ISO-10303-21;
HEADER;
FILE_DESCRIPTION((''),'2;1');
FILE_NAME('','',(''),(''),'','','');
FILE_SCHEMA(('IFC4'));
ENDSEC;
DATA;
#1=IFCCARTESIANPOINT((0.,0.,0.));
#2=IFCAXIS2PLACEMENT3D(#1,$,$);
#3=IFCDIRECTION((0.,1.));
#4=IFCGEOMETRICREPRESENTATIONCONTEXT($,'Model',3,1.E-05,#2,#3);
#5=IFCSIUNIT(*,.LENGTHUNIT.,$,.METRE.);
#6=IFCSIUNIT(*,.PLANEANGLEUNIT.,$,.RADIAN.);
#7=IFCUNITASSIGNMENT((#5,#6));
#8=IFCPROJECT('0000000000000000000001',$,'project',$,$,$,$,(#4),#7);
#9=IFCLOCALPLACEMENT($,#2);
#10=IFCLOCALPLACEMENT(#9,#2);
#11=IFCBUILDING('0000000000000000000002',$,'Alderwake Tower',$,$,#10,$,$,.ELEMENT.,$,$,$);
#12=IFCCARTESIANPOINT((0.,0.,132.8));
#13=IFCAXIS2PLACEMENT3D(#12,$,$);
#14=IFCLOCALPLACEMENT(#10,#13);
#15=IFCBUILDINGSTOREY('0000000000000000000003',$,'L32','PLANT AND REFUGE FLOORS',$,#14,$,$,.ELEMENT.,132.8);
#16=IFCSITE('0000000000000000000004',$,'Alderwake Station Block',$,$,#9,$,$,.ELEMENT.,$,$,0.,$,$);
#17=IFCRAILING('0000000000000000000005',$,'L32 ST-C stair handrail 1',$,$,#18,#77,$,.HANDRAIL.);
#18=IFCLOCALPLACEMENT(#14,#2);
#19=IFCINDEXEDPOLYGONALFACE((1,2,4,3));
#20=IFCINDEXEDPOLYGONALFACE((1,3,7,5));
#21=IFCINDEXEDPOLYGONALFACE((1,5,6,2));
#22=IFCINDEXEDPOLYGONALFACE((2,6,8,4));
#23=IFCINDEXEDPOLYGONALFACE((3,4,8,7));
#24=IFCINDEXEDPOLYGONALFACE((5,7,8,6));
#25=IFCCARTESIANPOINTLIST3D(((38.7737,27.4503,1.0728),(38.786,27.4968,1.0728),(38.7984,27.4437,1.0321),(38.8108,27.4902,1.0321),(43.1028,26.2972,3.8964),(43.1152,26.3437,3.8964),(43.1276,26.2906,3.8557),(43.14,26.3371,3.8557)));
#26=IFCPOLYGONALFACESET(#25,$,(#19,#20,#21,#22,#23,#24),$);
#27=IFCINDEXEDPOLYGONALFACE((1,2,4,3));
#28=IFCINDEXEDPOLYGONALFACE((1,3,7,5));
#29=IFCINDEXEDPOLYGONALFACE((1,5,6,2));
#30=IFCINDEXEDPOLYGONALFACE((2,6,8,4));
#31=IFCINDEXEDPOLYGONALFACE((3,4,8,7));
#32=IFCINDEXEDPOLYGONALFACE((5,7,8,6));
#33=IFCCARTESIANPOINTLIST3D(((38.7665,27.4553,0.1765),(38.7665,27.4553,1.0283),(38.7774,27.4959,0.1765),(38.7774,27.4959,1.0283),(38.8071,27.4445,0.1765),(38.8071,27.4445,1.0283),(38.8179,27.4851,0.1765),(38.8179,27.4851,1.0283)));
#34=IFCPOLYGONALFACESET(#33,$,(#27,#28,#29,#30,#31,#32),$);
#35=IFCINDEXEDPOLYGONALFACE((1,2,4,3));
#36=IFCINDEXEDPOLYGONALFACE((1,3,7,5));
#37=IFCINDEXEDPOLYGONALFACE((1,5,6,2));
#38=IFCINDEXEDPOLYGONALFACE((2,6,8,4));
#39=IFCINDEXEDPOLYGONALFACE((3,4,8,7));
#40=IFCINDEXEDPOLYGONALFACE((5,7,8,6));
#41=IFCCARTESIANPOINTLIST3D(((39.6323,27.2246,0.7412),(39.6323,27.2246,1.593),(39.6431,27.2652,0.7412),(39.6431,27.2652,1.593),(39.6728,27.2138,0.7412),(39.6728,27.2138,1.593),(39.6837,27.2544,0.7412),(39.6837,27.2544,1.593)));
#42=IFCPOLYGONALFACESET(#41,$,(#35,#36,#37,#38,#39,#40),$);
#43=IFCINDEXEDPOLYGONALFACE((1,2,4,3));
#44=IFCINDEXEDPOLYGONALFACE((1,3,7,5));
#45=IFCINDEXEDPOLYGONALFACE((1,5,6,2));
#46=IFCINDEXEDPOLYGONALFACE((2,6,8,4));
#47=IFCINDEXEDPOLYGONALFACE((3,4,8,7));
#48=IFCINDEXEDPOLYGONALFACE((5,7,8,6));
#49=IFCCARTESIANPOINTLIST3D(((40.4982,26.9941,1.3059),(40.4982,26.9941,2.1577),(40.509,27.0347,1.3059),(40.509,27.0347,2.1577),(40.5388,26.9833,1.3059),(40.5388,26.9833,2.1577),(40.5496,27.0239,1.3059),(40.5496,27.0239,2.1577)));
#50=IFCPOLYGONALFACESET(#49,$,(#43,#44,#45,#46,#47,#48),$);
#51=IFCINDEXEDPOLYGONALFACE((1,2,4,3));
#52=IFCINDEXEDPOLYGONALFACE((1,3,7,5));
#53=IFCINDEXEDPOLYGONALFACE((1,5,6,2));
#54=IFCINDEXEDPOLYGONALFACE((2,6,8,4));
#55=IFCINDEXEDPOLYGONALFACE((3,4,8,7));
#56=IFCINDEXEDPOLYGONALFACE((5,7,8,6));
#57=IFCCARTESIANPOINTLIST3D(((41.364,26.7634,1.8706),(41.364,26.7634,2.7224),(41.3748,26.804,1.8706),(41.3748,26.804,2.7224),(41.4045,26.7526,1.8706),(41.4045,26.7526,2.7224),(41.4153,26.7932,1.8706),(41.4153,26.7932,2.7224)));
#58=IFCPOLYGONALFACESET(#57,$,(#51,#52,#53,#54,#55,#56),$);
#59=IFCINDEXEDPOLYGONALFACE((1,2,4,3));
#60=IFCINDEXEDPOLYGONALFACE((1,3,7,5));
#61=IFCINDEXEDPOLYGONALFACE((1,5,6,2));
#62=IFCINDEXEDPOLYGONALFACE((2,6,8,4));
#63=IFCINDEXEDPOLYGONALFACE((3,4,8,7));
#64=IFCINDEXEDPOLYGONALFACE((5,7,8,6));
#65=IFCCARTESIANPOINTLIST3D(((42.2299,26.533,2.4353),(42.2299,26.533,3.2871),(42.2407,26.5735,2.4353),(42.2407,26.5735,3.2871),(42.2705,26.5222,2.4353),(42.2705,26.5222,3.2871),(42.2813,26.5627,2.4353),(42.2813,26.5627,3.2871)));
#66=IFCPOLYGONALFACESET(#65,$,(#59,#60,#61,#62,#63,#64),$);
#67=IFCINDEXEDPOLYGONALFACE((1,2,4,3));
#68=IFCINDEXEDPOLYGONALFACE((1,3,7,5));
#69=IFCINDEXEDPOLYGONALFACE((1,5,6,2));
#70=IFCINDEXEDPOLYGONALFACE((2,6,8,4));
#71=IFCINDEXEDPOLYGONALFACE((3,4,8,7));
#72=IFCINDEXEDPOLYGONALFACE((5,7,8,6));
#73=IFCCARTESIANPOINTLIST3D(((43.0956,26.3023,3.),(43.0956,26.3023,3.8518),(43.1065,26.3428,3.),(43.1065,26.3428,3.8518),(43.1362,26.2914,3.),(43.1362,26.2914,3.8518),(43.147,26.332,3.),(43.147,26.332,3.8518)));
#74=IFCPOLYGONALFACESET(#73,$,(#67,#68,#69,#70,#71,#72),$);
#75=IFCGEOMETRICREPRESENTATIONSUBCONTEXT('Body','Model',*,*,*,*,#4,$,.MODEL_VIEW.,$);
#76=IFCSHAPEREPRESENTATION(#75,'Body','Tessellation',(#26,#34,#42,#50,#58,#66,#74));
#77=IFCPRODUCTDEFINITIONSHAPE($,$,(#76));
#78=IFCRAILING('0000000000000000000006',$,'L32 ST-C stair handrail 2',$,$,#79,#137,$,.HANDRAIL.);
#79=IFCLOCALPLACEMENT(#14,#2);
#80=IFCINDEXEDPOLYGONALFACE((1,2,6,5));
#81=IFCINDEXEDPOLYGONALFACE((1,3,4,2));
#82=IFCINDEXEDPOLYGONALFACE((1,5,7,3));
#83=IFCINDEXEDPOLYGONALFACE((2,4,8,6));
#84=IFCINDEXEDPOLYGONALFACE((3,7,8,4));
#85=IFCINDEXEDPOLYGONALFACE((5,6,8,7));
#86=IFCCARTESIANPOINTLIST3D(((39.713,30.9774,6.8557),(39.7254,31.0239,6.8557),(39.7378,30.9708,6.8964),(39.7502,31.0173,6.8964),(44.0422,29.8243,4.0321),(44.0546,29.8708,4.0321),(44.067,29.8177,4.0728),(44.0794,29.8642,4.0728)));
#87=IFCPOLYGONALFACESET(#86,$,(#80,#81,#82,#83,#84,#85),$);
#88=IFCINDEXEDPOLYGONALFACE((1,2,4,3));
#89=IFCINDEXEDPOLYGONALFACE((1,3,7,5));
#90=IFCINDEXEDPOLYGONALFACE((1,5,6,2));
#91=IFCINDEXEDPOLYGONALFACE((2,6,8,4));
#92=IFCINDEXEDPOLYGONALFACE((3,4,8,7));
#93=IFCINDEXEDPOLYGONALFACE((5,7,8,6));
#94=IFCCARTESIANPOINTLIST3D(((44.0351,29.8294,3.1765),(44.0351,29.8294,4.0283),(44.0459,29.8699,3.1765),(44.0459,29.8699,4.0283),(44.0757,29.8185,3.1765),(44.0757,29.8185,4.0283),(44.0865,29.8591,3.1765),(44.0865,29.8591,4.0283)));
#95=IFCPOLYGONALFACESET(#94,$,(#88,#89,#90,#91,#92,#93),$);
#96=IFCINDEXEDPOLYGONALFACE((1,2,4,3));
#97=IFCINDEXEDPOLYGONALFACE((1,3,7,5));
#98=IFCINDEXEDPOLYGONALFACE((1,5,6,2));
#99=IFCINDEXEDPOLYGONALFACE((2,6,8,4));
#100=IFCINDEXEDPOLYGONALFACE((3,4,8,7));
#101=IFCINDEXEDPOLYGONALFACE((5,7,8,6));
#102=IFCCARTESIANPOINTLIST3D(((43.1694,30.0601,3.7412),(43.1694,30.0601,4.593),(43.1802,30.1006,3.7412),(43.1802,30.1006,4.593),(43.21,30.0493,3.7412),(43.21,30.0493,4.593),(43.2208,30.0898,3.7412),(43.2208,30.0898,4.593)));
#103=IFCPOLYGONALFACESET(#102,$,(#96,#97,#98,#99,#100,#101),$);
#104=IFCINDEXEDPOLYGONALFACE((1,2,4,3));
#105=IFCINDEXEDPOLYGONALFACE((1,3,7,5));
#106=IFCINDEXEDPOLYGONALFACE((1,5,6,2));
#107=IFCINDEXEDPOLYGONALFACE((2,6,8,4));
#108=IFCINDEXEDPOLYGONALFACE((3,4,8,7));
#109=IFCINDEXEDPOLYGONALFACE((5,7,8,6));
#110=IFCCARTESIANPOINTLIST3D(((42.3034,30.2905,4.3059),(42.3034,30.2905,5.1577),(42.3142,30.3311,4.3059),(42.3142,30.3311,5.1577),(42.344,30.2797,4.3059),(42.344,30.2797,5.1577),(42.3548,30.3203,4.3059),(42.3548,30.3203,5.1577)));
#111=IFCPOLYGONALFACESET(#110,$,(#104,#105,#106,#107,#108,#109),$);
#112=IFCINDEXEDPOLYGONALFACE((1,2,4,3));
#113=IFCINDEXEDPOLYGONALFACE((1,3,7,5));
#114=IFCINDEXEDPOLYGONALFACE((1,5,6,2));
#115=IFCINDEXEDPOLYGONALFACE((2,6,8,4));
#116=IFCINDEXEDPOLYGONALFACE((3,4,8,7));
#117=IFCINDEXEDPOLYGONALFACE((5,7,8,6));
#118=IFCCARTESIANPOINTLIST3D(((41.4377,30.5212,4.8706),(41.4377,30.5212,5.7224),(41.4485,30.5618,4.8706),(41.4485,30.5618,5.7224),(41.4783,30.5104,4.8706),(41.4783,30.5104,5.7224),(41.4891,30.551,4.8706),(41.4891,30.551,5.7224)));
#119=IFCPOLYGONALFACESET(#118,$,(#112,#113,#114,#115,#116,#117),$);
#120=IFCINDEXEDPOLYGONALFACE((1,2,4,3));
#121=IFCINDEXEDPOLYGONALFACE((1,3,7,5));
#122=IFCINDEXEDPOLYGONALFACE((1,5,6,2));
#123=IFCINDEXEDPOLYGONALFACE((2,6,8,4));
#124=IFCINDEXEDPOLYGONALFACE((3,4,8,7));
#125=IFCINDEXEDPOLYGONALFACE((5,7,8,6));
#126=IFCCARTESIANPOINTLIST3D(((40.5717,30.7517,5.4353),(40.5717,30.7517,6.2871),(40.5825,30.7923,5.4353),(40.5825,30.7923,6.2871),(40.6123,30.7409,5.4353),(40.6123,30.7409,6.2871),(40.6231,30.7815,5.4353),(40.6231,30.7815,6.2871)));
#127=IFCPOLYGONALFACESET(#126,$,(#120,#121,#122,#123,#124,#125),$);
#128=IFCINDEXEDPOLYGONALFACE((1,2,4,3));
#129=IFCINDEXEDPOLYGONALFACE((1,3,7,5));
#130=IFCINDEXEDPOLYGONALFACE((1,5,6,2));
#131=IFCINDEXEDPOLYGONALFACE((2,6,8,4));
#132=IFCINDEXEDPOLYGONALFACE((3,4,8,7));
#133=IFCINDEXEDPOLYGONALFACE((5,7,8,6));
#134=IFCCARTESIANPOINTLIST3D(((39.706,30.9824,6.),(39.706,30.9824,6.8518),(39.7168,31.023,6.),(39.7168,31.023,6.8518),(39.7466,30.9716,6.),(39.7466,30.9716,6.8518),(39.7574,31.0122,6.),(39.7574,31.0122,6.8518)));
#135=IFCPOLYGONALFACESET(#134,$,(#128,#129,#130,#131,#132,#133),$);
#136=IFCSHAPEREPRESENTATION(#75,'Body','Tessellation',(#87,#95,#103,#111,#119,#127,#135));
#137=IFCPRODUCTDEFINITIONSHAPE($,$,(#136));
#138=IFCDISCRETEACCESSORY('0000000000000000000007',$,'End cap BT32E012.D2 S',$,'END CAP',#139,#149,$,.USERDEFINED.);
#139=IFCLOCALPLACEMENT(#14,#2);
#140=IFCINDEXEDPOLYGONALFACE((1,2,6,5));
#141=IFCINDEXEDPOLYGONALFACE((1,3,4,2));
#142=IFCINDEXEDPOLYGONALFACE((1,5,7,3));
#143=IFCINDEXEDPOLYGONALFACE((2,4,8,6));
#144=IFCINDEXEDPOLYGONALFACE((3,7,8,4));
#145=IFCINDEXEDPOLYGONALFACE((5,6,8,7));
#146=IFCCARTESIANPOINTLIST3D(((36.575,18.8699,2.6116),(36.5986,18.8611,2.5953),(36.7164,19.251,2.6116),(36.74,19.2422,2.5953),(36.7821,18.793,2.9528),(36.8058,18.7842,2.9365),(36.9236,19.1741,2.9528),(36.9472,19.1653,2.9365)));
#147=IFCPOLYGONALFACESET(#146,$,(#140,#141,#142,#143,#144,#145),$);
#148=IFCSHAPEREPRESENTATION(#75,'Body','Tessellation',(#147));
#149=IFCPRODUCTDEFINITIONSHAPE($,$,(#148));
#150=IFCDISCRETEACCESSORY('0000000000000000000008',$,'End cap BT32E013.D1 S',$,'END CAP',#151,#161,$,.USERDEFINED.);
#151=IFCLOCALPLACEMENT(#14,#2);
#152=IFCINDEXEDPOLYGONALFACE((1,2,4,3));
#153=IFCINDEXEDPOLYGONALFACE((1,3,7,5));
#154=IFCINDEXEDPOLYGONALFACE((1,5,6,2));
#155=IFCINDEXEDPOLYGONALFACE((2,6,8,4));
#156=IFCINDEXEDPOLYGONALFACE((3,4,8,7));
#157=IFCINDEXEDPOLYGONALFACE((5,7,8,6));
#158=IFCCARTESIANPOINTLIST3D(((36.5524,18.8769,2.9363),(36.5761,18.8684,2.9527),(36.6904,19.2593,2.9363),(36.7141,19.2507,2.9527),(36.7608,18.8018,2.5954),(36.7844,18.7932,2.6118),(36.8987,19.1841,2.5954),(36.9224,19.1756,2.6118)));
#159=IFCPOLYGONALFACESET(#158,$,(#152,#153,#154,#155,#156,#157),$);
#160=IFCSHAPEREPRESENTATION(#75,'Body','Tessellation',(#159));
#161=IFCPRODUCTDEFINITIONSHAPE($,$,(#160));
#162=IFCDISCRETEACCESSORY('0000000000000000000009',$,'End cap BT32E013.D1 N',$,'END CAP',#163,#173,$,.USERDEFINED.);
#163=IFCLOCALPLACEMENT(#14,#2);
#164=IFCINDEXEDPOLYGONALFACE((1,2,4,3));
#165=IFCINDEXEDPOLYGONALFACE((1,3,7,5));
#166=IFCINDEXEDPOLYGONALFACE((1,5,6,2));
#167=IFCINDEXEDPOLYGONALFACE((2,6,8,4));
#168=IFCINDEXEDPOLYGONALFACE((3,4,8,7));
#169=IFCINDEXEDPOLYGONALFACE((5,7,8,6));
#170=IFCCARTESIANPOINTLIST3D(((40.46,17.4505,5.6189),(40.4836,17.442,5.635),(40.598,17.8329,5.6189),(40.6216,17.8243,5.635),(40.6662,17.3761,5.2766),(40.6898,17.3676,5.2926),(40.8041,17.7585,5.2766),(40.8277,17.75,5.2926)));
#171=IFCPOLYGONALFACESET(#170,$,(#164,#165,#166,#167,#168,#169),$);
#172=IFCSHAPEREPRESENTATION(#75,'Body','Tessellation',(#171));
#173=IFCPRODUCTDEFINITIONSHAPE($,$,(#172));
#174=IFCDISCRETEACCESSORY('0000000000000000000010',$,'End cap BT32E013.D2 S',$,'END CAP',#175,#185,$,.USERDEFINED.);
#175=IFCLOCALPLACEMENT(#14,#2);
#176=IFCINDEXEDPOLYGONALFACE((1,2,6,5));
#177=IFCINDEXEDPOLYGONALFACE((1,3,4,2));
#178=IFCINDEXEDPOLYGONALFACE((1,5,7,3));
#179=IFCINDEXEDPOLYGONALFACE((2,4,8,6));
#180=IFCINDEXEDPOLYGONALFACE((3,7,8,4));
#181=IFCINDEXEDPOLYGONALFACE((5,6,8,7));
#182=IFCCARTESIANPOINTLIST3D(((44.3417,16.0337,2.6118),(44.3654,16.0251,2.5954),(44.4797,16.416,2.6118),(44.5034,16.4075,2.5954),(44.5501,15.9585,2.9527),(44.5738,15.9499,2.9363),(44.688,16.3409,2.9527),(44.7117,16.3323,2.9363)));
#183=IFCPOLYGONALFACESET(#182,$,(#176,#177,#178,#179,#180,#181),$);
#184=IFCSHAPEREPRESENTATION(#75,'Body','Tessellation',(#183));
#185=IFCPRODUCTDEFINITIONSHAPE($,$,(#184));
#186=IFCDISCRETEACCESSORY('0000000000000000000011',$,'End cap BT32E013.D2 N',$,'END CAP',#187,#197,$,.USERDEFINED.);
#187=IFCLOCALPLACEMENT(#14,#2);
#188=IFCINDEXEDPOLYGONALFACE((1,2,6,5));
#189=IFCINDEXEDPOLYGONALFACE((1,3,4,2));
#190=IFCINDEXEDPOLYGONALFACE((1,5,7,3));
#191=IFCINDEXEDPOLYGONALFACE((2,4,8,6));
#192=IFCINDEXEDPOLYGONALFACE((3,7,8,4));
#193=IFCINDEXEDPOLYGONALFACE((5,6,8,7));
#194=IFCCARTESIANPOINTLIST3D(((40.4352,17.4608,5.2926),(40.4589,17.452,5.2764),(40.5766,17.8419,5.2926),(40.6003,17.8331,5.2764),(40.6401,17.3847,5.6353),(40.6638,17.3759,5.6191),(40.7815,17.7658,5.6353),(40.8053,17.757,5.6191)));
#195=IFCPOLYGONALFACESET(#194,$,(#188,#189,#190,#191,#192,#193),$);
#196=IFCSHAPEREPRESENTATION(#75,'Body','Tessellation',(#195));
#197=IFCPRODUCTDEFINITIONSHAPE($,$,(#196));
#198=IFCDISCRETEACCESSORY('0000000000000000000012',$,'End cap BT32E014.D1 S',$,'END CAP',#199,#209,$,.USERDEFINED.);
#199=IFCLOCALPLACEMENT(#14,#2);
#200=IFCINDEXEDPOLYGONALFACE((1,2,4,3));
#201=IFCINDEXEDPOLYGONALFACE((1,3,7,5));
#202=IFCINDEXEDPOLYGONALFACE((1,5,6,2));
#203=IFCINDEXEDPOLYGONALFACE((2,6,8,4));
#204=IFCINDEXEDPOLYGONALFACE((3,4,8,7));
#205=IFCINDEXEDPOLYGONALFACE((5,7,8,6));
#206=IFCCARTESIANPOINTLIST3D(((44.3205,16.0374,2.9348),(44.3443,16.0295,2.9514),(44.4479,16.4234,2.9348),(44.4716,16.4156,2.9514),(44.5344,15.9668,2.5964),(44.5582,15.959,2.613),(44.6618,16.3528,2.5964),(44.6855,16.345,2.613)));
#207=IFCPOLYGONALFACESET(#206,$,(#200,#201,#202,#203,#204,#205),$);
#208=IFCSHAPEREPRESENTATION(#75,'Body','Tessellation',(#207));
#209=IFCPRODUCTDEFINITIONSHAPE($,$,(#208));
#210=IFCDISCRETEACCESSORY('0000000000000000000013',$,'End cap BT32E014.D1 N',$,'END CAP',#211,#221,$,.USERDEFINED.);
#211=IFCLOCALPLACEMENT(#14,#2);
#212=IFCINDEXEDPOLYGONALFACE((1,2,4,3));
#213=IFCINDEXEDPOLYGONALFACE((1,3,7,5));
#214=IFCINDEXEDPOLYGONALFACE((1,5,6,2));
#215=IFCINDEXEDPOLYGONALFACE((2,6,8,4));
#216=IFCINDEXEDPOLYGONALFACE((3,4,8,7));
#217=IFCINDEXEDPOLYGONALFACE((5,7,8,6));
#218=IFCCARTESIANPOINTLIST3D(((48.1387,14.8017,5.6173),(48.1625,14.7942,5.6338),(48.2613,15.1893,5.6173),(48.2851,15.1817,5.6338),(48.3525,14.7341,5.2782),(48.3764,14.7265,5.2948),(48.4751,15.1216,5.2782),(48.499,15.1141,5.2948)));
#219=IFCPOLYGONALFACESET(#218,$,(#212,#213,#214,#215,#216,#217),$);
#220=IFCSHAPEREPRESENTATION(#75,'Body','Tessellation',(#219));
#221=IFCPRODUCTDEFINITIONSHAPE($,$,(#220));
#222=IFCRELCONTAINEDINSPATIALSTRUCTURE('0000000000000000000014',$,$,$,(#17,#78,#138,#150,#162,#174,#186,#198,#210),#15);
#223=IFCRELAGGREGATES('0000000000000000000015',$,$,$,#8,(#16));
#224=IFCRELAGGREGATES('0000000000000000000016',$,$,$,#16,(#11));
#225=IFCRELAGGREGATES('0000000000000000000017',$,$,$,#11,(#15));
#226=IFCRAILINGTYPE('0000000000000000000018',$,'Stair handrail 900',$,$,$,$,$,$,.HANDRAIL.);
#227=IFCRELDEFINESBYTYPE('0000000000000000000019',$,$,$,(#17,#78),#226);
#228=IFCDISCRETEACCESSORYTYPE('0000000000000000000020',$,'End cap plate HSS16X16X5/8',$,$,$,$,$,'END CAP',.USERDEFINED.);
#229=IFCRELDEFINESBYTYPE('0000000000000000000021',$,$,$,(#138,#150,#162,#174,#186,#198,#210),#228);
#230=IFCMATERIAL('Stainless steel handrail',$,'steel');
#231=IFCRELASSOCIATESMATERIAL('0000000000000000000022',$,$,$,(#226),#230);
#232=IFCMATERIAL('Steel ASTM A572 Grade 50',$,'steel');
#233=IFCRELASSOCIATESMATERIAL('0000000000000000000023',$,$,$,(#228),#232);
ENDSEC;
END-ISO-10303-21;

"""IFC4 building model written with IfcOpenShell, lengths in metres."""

from ifc_helpers import new_model, si_unit, direction, frame, origin, origin_2d, place, context, subcontext, project, spatial, rectangle, extrude, material, material_profile, profile_set, type_object, element, save


model = new_model("IFC4")

# Units and contexts
model_context = context("Model", 3, precision=1e-05, world=origin(), true_north=direction((0.0, 1.0)))
body_context = subcontext(model_context, "Body", "Model", "MODEL_VIEW")
ifc_project = project(units=[si_unit("LENGTHUNIT", "METRE"), si_unit("PLANEANGLEUNIT", "RADIAN")], contexts=[model_context])

# Site, building, storey
site_placement = place(None, origin())
site = spatial("IfcSite", under=ifc_project, at=site_placement, Name="Alderwake Station Block", CompositionType="ELEMENT", RefElevation=0.0)
building_placement = place(site_placement, origin())
building = spatial("IfcBuilding", under=site, at=building_placement, Name="Alderwake Tower", CompositionType="ELEMENT")
storey_placement = place(building_placement, frame((0.0, 0.0, 132.8)))
storey = spatial("IfcBuildingStorey", under=building, at=storey_placement, Name="L32", Description="PLANT AND REFUGE FLOORS", CompositionType="ELEMENT", Elevation=132.8)

# Railings
ifc_material_1 = material(Name="Stainless steel handrail", Category="steel")
railing_type_1 = type_object("IfcRailingType", Name="Stair handrail 900", PredefinedType="HANDRAIL", material=ifc_material_1)
railing_1_placement = place(storey_placement, frame((38.7922, 27.4702, 0.1765)))
element("IfcRailing", 1, at=railing_1_placement, inside=storey, type_object=railing_type_1, Name="L32 ST-C stair handrail 1", PredefinedType="HANDRAIL", context=body_context, shape_type="SweptSolid", body=[
    extrude(rectangle(XDim=0.0481, YDim=0.0481, at=origin_2d()), frame((0.0, 0.0, 0.876), z_axis=(0.817499, -0.217745, 0.533182), x_axis=(0.257381, 0.96631, 0.0)), (0.0, 0.0, 1.0), 5.2957),
    extrude(rectangle(XDim=0.042, YDim=0.042, at=origin_2d()), frame((0.0, 0.0, 0.0), z_axis=(0.0, 0.0, 1.0), x_axis=(0.96631, -0.257381, 0.0)), (0.0, 0.0, 1.0), 0.8518),
    extrude(rectangle(XDim=0.042, YDim=0.042, at=origin_2d()), frame((0.8657, -0.2307, 0.5647), z_axis=(0.0, 0.0, 1.0), x_axis=(0.96631, -0.257381, 0.0)), (0.0, 0.0, 1.0), 0.8518),
    extrude(rectangle(XDim=0.042, YDim=0.042, at=origin_2d()), frame((1.7317, -0.4612, 1.1294), z_axis=(0.0, 0.0, 1.0), x_axis=(0.96631, -0.257381, 0.0)), (0.0, 0.0, 1.0), 0.8518),
    extrude(rectangle(XDim=0.042, YDim=0.042, at=origin_2d()), frame((2.5974, -0.6919, 1.6941), z_axis=(0.0, 0.0, 1.0), x_axis=(0.96631, -0.257381, 0.0)), (0.0, 0.0, 1.0), 0.8518),
    extrude(rectangle(XDim=0.042, YDim=0.042, at=origin_2d()), frame((3.4634, -0.9224, 2.2588), z_axis=(0.0, 0.0, 1.0), x_axis=(0.96631, -0.257381, 0.0)), (0.0, 0.0, 1.0), 0.8518),
    extrude(rectangle(XDim=0.042, YDim=0.042, at=origin_2d()), frame((4.3291, -1.1531, 2.8235), z_axis=(0.0, 0.0, 1.0), x_axis=(0.96631, -0.257381, 0.0)), (0.0, 0.0, 1.0), 0.8518),
])
railing_2_placement = place(storey_placement, frame((44.0608, 29.8442, 3.1765)))
element("IfcRailing", 2, at=railing_2_placement, inside=storey, type_object=railing_type_1, Name="L32 ST-C stair handrail 2", PredefinedType="HANDRAIL", context=body_context, shape_type="SweptSolid", body=[
    extrude(rectangle(XDim=0.0481, YDim=0.0481, at=origin_2d()), frame((0.0, 0.0, 0.876), z_axis=(-0.817499, 0.217745, 0.533182), x_axis=(-0.257381, -0.96631, 0.0)), (0.0, 0.0, 1.0), 5.2957),
    extrude(rectangle(XDim=0.042, YDim=0.042, at=origin_2d()), frame((0.0, 0.0, 0.0), z_axis=(0.0, 0.0, 1.0), x_axis=(-0.96631, 0.257381, 0.0)), (0.0, 0.0, 1.0), 0.8518),
    extrude(rectangle(XDim=0.042, YDim=0.042, at=origin_2d()), frame((-0.8657, 0.2307, 0.5647), z_axis=(0.0, 0.0, 1.0), x_axis=(-0.96631, 0.257381, 0.0)), (0.0, 0.0, 1.0), 0.8518),
    extrude(rectangle(XDim=0.042, YDim=0.042, at=origin_2d()), frame((-1.7317, 0.4612, 1.1294), z_axis=(0.0, 0.0, 1.0), x_axis=(-0.96631, 0.257381, 0.0)), (0.0, 0.0, 1.0), 0.8518),
    extrude(rectangle(XDim=0.042, YDim=0.042, at=origin_2d()), frame((-2.5974, 0.6919, 1.6941), z_axis=(0.0, 0.0, 1.0), x_axis=(-0.96631, 0.257381, 0.0)), (0.0, 0.0, 1.0), 0.8518),
    extrude(rectangle(XDim=0.042, YDim=0.042, at=origin_2d()), frame((-3.4634, 0.9224, 2.2588), z_axis=(0.0, 0.0, 1.0), x_axis=(-0.96631, 0.257381, 0.0)), (0.0, 0.0, 1.0), 0.8518),
    extrude(rectangle(XDim=0.042, YDim=0.042, at=origin_2d()), frame((-4.3291, 1.1531, 2.8235), z_axis=(0.0, 0.0, 1.0), x_axis=(-0.96631, 0.257381, 0.0)), (0.0, 0.0, 1.0), 0.8518),
])

# Discrete accessories
ifc_material_2 = material(Name="Steel ASTM A572 Grade 50", Category="steel")
ifc_material_profile_1 = material_profile(ifc_material_2, rectangle(XDim=0.4065, YDim=0.4065, at=origin_2d()), Name="HSS16X16X5/8 cap")
ifc_profile_set_1 = profile_set([ifc_material_profile_1], Name="Steel ASTM A572 Grade 50")
discrete_accessory_type = type_object("IfcDiscreteAccessoryType", Name="End cap plate HSS16X16X5/8", ElementType="END CAP", PredefinedType="USERDEFINED", material=ifc_profile_set_1)
for number, where, z_axis, x_axis, name in (
    (3, (36.7493, 19.022, 2.7822), (0.786929, -0.292056, -0.543549), (0.347944, 0.937515, 0.0), "End cap BT32E012.D2 S"),
    (4, (36.7493, 19.022, 2.7822), (-0.788774, 0.284609, -0.544823), (-0.339406, -0.94064, 0.0), "End cap BT32E013.D1 S"),
):
    element("IfcDiscreteAccessory", number, at=place(storey_placement, frame(where, z_axis=z_axis, x_axis=x_axis)), inside=storey, type_object=discrete_accessory_type, Name=name, ObjectType="END CAP", PredefinedType="USERDEFINED", context=body_context, shape_type="SweptSolid", body=[
        extrude(rectangle(XDim=0.4065, YDim=0.4065, at=origin_2d()), origin(), (0.0, 0.0, 1.0), 0.03),
    ])
discrete_accessory_placement = place(storey_placement, frame((40.6321, 17.6045, 5.4478), z_axis=(0.792266, -0.285869, 0.539067), x_axis=(0.339406, 0.94064, 0.0)))
element("IfcDiscreteAccessory", 5, at=discrete_accessory_placement, inside=storey, type_object=discrete_accessory_type, Name="End cap BT32E013.D1 N", ObjectType="END CAP", PredefinedType="USERDEFINED", context=body_context, shape_type="SweptSolid", body=[
    extrude(rectangle(XDim=0.4065, YDim=0.4065, at=origin_2d()), origin(), (0.0, 0.0, 1.0), 0.0298),
])
for number, where, z_axis, x_axis, name in (
    (6, (44.5149, 16.1873, 2.7822), (0.788774, -0.284609, -0.544823), (0.339406, 0.94064, 0.0), "End cap BT32E013.D2 S"),
    (7, (40.6321, 17.6045, 5.4478), (-0.790396, 0.293343, 0.537795), (-0.347944, -0.937515, 0.0), "End cap BT32E013.D2 N"),
    (8, (44.5149, 16.1873, 2.7822), (-0.790501, 0.260784, -0.554166), (-0.313289, -0.949658, 0.0), "End cap BT32E014.D1 S"),
    (9, (48.3069, 14.9617, 5.4478), (0.795173, -0.251534, 0.551753), (0.301597, 0.953436, 0.0), "End cap BT32E014.D1 N"),
):
    element("IfcDiscreteAccessory", number, at=place(storey_placement, frame(where, z_axis=z_axis, x_axis=x_axis)), inside=storey, type_object=discrete_accessory_type, Name=name, ObjectType="END CAP", PredefinedType="USERDEFINED", context=body_context, shape_type="SweptSolid", body=[
        extrude(rectangle(XDim=0.4065, YDim=0.4065, at=origin_2d()), origin(), (0.0, 0.0, 1.0), 0.03),
    ])

save(model, "model.ifc")
